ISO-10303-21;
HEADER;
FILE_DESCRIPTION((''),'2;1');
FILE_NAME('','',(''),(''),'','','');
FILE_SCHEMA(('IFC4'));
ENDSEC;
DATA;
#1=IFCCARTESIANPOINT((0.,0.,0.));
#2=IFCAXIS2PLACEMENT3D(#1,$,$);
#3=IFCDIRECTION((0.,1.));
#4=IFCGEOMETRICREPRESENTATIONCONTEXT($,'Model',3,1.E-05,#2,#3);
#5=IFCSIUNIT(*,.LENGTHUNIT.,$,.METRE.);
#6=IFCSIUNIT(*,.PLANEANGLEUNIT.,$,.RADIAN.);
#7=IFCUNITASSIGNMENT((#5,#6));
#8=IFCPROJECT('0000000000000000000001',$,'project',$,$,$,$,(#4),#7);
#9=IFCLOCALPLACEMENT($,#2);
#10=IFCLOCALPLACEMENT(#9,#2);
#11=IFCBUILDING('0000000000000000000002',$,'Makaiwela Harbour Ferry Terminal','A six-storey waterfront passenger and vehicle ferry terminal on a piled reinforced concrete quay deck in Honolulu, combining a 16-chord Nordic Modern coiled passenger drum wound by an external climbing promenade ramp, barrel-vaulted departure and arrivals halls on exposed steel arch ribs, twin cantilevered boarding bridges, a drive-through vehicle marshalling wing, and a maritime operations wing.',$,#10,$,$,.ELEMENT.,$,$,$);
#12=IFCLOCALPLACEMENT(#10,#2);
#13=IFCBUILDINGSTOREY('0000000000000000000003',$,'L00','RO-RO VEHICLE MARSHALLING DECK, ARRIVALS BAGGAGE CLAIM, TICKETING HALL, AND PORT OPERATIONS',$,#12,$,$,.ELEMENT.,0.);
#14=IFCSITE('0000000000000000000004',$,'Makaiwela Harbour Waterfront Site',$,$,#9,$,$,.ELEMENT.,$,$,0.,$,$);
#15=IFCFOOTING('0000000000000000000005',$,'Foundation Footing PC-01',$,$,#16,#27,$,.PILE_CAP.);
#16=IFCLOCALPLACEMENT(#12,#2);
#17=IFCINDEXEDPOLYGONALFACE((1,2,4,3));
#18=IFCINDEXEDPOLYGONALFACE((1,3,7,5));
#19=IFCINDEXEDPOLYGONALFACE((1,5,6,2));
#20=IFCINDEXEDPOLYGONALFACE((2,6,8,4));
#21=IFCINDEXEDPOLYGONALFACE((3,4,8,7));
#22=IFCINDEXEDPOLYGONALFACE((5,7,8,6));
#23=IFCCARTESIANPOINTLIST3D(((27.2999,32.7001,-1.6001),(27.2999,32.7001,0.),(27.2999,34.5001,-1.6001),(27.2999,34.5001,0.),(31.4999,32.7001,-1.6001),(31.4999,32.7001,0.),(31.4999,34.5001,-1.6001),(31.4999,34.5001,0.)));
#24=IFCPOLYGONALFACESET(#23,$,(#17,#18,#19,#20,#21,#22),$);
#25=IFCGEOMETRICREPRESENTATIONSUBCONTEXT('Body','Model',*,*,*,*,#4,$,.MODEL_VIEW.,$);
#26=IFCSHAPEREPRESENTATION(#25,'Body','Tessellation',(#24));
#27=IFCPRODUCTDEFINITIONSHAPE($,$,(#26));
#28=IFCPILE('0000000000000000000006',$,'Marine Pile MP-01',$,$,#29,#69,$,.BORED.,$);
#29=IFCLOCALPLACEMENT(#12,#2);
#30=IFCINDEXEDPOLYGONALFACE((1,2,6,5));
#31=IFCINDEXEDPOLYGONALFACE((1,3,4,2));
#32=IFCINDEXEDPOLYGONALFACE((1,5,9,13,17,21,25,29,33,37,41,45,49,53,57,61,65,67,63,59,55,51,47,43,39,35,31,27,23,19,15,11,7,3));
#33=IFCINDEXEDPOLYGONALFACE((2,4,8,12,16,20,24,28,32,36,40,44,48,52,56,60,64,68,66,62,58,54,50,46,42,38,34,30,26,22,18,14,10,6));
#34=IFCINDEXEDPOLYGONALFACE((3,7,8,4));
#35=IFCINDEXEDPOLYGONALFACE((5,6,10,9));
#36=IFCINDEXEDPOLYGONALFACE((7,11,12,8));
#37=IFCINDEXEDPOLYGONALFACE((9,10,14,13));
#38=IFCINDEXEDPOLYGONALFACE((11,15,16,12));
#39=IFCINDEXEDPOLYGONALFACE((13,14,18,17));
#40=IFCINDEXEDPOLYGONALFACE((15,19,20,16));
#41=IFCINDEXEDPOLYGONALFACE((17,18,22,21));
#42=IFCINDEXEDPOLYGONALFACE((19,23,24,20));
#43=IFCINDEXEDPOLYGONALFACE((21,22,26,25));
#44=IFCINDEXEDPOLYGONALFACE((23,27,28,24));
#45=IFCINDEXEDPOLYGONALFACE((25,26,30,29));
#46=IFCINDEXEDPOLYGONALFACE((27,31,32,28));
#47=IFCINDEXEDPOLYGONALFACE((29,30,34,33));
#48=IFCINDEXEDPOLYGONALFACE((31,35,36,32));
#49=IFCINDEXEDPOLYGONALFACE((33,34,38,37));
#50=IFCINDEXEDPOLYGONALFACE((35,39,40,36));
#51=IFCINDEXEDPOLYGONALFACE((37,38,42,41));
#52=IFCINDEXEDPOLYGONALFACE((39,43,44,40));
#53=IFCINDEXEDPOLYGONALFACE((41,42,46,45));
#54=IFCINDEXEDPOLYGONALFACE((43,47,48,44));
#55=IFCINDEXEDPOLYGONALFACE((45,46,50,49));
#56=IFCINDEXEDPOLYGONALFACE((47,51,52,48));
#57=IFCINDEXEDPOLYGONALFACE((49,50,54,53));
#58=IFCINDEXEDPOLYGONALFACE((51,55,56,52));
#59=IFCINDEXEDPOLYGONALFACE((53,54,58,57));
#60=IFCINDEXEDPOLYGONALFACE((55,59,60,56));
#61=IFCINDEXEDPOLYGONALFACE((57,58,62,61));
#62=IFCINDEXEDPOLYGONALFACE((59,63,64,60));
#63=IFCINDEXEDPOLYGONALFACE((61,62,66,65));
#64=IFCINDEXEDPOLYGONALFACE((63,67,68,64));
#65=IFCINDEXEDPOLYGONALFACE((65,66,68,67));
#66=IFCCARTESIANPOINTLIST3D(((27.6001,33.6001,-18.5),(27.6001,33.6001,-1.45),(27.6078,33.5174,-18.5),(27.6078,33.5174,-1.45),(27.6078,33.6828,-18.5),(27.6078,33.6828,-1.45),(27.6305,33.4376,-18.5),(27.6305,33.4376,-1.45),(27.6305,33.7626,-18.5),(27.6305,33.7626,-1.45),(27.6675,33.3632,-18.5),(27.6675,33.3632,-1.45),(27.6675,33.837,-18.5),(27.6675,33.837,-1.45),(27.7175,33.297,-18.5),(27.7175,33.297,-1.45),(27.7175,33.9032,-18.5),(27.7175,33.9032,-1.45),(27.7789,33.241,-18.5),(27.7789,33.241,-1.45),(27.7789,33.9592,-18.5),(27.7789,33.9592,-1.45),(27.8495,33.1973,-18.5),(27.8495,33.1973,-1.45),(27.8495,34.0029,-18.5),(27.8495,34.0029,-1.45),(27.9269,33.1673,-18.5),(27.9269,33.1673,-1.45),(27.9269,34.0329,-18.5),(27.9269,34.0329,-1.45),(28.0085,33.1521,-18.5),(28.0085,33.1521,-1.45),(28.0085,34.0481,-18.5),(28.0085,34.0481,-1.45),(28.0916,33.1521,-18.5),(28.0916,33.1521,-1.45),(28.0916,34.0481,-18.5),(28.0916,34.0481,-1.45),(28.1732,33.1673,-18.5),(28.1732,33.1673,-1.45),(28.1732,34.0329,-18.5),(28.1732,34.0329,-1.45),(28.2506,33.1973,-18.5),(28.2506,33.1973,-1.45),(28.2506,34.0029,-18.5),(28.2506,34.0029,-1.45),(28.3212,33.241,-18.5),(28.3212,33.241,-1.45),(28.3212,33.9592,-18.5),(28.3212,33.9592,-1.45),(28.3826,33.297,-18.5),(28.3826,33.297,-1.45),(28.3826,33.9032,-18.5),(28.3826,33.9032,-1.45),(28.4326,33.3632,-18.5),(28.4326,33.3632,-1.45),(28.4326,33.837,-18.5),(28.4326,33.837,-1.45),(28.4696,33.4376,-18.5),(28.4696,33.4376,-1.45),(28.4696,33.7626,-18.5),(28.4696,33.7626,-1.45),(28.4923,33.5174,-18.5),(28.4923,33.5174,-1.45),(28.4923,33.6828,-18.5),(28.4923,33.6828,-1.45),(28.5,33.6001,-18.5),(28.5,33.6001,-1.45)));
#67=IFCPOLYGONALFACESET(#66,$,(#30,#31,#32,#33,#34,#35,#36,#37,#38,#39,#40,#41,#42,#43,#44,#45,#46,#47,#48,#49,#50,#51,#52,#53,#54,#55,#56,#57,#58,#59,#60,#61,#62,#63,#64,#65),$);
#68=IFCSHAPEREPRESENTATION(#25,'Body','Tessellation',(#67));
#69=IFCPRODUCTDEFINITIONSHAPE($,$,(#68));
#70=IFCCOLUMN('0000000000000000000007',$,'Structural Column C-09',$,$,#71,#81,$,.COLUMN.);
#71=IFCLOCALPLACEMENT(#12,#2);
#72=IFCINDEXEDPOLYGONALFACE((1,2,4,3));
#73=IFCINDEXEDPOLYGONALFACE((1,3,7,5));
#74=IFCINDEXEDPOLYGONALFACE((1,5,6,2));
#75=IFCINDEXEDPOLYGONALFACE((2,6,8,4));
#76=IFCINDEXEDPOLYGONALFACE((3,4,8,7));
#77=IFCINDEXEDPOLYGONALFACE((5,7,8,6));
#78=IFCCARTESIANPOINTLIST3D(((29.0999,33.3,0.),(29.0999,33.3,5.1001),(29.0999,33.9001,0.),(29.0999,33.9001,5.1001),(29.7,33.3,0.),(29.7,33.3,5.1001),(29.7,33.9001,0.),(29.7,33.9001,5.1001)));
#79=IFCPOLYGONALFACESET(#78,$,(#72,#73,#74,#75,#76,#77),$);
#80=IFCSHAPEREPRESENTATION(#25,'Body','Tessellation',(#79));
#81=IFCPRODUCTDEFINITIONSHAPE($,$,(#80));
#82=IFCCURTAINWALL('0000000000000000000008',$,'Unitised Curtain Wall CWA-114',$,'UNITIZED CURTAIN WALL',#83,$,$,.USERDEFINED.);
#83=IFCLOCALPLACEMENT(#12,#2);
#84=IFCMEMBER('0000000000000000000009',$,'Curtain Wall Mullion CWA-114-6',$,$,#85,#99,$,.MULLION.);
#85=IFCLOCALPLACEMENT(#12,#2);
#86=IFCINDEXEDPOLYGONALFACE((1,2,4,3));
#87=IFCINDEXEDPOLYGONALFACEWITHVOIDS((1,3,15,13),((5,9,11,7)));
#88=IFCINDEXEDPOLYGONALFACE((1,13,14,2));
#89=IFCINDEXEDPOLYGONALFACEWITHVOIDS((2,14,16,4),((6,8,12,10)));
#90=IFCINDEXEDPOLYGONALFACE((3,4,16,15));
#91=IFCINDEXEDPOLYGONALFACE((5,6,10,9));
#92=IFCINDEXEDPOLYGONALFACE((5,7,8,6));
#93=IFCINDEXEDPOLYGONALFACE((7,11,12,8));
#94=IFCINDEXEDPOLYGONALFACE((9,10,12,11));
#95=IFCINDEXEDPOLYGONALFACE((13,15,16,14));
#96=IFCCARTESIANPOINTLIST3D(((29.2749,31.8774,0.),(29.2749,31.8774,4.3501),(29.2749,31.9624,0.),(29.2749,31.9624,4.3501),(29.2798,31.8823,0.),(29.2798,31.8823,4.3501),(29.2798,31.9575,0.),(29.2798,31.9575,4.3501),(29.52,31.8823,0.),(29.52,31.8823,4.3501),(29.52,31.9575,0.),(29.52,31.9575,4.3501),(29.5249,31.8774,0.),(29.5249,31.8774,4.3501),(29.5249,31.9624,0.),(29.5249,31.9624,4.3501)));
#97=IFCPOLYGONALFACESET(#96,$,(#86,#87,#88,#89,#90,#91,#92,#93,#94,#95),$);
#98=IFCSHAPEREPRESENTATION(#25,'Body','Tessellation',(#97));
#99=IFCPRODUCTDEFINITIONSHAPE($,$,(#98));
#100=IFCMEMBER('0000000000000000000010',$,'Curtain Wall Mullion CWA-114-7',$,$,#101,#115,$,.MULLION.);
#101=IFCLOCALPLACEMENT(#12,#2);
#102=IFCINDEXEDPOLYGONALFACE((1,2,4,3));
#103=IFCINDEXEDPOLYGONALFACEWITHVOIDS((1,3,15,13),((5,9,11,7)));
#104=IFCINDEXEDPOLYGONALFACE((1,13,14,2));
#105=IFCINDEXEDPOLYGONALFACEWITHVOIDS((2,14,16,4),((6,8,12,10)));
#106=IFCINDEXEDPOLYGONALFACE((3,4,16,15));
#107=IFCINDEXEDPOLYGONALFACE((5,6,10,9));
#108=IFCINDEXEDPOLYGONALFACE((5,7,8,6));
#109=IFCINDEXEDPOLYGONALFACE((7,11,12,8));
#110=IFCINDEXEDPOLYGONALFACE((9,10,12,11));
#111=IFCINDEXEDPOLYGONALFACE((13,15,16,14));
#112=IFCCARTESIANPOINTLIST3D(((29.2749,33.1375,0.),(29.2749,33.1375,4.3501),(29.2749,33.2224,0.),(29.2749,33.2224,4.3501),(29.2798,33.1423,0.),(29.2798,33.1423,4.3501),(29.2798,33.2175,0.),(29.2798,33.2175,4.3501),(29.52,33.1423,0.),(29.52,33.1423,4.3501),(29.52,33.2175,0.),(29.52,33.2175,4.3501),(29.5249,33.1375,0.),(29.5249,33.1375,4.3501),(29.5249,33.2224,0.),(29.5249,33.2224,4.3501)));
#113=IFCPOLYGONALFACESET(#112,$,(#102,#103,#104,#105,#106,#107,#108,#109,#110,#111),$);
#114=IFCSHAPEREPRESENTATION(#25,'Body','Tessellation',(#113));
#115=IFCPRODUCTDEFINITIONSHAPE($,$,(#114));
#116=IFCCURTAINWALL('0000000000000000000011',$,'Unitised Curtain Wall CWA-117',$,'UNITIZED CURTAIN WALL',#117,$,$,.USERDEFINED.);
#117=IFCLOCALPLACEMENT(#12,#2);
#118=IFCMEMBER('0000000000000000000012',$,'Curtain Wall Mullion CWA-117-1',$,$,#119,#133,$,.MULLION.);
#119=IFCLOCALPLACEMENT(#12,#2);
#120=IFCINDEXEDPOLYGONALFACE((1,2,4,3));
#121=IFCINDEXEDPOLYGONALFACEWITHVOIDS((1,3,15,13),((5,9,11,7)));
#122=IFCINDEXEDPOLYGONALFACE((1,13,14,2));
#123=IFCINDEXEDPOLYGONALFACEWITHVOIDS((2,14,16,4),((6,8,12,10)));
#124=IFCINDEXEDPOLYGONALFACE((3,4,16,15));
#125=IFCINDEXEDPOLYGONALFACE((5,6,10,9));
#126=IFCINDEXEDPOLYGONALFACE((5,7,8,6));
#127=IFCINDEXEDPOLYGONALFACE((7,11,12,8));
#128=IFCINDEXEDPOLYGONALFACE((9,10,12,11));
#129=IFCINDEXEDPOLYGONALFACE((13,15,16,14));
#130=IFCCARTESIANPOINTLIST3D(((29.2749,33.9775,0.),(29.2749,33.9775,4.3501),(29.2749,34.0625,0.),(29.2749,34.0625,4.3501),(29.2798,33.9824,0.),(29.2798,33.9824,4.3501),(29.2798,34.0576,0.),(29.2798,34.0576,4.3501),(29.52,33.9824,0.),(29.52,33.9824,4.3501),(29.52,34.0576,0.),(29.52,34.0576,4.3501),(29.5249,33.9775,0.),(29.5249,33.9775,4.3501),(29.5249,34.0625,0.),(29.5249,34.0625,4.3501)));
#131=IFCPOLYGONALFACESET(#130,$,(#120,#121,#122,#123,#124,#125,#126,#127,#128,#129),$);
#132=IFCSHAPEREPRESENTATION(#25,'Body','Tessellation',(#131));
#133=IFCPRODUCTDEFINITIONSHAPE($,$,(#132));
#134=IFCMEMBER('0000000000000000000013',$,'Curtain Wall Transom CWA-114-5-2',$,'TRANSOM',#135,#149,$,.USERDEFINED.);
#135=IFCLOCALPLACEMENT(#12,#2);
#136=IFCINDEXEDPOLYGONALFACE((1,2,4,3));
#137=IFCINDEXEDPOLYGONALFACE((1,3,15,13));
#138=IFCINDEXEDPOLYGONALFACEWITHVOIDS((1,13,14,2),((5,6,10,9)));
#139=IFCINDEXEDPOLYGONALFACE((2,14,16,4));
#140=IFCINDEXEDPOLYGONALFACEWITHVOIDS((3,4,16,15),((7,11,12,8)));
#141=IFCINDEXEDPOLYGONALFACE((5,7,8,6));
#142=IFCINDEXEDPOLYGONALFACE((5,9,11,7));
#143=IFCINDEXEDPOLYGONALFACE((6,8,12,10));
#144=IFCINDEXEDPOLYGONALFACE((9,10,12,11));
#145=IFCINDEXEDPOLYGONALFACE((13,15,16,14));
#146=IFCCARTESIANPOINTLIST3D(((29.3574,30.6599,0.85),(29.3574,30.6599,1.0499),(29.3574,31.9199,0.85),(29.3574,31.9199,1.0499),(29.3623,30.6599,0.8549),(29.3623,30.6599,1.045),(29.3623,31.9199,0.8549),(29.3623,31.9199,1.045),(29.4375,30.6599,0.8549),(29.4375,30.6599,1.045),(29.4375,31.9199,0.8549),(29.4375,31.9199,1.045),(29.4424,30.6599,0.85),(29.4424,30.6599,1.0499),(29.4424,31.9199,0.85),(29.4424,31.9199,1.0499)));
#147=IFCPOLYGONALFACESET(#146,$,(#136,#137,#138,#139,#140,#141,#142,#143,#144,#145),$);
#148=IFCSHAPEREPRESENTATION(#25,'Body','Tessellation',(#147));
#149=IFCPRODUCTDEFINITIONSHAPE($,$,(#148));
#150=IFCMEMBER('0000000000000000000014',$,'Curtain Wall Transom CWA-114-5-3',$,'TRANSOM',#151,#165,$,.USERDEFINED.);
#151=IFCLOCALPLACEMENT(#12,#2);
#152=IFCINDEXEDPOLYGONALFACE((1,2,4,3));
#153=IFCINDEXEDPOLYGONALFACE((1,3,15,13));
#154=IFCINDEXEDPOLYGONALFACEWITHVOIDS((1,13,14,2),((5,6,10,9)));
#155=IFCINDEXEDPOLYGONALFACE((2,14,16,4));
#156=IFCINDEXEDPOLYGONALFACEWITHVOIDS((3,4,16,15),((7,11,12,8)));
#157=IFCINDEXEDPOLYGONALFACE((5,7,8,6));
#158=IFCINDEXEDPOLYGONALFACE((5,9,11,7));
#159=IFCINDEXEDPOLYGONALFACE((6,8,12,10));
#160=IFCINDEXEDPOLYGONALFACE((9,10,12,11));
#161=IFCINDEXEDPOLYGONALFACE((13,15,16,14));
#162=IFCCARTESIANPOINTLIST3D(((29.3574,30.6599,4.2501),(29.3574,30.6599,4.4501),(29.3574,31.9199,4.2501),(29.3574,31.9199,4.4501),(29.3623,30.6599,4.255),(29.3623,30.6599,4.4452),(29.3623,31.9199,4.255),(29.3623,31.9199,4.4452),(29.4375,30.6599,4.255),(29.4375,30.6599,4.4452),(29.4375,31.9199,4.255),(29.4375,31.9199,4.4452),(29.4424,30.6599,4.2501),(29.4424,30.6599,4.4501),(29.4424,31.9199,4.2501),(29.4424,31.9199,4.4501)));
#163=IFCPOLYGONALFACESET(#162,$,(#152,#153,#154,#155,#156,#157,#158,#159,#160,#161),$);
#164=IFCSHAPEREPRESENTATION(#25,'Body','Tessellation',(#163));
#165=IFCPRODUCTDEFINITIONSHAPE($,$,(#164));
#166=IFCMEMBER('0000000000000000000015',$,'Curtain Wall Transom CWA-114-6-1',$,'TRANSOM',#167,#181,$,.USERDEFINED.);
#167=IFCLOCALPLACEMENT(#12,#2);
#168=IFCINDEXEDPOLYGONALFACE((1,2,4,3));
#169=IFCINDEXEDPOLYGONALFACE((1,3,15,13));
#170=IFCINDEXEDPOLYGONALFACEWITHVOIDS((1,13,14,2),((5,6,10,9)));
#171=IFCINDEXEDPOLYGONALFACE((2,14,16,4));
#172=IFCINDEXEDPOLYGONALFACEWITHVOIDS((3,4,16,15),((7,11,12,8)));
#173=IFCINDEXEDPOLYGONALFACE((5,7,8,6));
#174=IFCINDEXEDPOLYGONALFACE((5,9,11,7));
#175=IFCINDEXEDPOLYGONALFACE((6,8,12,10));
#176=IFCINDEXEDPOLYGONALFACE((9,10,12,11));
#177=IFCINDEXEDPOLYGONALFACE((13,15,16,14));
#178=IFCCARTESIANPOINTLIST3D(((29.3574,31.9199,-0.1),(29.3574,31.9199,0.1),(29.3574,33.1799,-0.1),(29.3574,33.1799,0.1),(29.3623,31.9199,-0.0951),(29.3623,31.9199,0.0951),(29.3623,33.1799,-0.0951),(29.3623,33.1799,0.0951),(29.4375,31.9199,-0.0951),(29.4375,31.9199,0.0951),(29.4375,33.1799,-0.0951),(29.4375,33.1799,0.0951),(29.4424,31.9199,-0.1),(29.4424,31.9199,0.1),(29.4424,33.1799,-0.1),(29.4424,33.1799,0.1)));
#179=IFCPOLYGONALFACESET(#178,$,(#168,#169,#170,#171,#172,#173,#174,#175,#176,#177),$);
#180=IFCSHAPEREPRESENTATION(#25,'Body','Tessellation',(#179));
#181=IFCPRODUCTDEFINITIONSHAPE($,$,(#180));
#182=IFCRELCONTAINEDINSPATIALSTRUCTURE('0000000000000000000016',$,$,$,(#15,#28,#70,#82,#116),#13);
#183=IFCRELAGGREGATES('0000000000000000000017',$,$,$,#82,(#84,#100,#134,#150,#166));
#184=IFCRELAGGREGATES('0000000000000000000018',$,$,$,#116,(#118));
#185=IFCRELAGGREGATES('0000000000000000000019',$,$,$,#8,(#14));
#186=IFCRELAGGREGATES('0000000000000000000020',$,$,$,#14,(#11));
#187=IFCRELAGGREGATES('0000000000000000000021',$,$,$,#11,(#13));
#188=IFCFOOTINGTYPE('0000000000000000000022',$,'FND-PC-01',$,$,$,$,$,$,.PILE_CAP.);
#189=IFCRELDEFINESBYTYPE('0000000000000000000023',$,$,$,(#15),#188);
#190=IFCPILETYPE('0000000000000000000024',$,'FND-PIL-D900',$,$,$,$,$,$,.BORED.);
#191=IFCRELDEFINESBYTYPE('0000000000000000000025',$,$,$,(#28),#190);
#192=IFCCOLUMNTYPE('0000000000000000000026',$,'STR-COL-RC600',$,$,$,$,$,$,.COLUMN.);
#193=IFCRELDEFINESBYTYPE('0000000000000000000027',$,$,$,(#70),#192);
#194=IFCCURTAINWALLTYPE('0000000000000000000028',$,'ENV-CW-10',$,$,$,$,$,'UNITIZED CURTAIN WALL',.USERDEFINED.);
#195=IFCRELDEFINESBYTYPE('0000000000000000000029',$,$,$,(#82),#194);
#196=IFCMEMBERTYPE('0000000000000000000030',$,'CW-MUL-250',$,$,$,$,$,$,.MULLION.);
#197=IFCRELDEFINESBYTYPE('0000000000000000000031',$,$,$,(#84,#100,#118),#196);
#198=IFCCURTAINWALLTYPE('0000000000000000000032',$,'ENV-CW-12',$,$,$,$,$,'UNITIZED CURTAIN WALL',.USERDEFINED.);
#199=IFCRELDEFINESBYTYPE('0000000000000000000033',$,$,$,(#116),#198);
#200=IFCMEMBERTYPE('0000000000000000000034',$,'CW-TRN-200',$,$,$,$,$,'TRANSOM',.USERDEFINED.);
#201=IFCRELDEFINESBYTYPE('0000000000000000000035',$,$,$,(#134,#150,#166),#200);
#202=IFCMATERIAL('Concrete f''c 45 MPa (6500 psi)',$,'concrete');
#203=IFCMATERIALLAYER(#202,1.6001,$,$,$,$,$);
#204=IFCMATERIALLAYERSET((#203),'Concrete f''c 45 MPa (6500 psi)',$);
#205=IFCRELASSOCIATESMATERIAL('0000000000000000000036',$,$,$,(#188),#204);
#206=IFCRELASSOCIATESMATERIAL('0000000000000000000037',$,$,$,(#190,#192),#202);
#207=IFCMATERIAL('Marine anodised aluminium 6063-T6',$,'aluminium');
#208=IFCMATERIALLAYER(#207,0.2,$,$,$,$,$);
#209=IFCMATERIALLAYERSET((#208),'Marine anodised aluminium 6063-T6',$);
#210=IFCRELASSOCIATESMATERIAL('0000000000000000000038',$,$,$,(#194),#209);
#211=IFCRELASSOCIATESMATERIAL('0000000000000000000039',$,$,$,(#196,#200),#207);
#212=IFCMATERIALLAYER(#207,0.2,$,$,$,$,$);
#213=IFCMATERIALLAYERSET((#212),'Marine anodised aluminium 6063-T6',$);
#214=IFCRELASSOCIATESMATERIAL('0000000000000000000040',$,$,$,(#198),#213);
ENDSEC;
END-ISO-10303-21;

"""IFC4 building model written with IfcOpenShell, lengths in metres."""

from ifc_helpers import new_model, si_unit, direction, frame, origin, origin_2d, place, context, subcontext, project, spatial, rectangle, hollow_rectangle, circle, extrude, material, layer, layer_set, material_profile, profile_set, type_object, element, aggregate, save


model = new_model("IFC4")

# Units and contexts
model_context = context("Model", 3, precision=1e-05, world=origin(), true_north=direction((0.0, 1.0)))
body_context = subcontext(model_context, "Body", "Model", "MODEL_VIEW")
ifc_project = project(units=[si_unit("LENGTHUNIT", "METRE"), si_unit("PLANEANGLEUNIT", "RADIAN")], contexts=[model_context])

# Site, building, storey
site_placement = place(None, origin())
site = spatial("IfcSite", under=ifc_project, at=site_placement, Name="Makaiwela Harbour Waterfront Site", CompositionType="ELEMENT", RefElevation=0.0)
building_placement = place(site_placement, origin())
building = spatial("IfcBuilding", under=site, at=building_placement, Name="Makaiwela Harbour Ferry Terminal", Description="A six-storey waterfront passenger and vehicle ferry terminal on a piled reinforced concrete quay deck in Honolulu, combining a 16-chord Nordic Modern coiled passenger drum wound by an external climbing promenade ramp, barrel-vaulted departure and arrivals halls on exposed steel arch ribs, twin cantilevered boarding bridges, a drive-through vehicle marshalling wing, and a maritime operations wing.", CompositionType="ELEMENT")
storey_placement = place(building_placement, origin())
storey = spatial("IfcBuildingStorey", under=building, at=storey_placement, Name="L00", Description="RO-RO VEHICLE MARSHALLING DECK, ARRIVALS BAGGAGE CLAIM, TICKETING HALL, AND PORT OPERATIONS", CompositionType="ELEMENT", Elevation=0.0)

# Footing
ifc_material_1 = material(Name="Concrete f'c 45 MPa (6500 psi)", Category="concrete")
ifc_layer_1 = layer(ifc_material_1, 1.6001)
ifc_layer_set_1 = layer_set([ifc_layer_1], Name="Concrete f'c 45 MPa (6500 psi)")
footing_type = type_object("IfcFootingType", Name="FND-PC-01", PredefinedType="PILE_CAP", material=ifc_layer_set_1)
footing_placement = place(storey_placement, frame((29.3999, 33.6001, -1.6001), z_axis=(0.0, 0.0, 1.0), x_axis=(1.0, 0.0, 0.0)))
element("IfcFooting", 1, at=footing_placement, inside=storey, type_object=footing_type, Name="Foundation Footing PC-01", PredefinedType="PILE_CAP", context=body_context, shape_type="SweptSolid", body=[
    extrude(rectangle(XDim=4.2, YDim=1.8, at=origin_2d()), origin(), (0.0, 0.0, 1.0), 1.6001),
])

# Pile
ifc_material_profile_1 = material_profile(ifc_material_1, circle(Radius=0.45, at=origin_2d()), Name="PILE-D900")
ifc_profile_set_1 = profile_set([ifc_material_profile_1], Name="Concrete f'c 45 MPa (6500 psi)")
pile_type = type_object("IfcPileType", Name="FND-PIL-D900", PredefinedType="BORED", material=ifc_profile_set_1)
pile_placement = place(storey_placement, frame((28.05, 33.6001, -1.45), z_axis=(0.0, 0.0, -1.0), x_axis=(1.0, 0.0, 0.0)))
element("IfcPile", 2, at=pile_placement, inside=storey, type_object=pile_type, Name="Marine Pile MP-01", PredefinedType="BORED", context=body_context, shape_type="SweptSolid", body=[
    extrude(circle(Radius=0.45, at=origin_2d()), origin(), (0.0, 0.0, 1.0), 17.05),
])

# Column
ifc_material_profile_2 = material_profile(ifc_material_1, rectangle(XDim=0.6001, YDim=0.6001, at=origin_2d()), Name="RC-600X600")
ifc_profile_set_2 = profile_set([ifc_material_profile_2], Name="Concrete f'c 45 MPa (6500 psi)")
column_type = type_object("IfcColumnType", Name="STR-COL-RC600", PredefinedType="COLUMN", material=ifc_profile_set_2)
column_placement = place(storey_placement, frame((29.3999, 33.6001, 0.0), z_axis=(0.0, 0.0, 1.0), x_axis=(1.0, 0.0, 0.0)))
element("IfcColumn", 3, at=column_placement, inside=storey, type_object=column_type, Name="Structural Column C-09", PredefinedType="COLUMN", context=body_context, shape_type="SweptSolid", body=[
    extrude(rectangle(XDim=0.6001, YDim=0.6001, at=origin_2d()), origin(), (0.0, 0.0, 1.0), 5.1001),
])

# Curtain wall, members
ifc_material_2 = material(Name="Marine anodised aluminium 6063-T6", Category="aluminium")
ifc_layer_2 = layer(ifc_material_2, 0.2)
ifc_layer_set_2 = layer_set([ifc_layer_2], Name="Marine anodised aluminium 6063-T6")
curtain_wall_type_1 = type_object("IfcCurtainWallType", Name="ENV-CW-10", ElementType="UNITIZED CURTAIN WALL", PredefinedType="USERDEFINED", material=ifc_layer_set_2)
curtain_wall_1_placement = place(storey_placement, origin())
curtain_wall_1 = element("IfcCurtainWall", 4, at=curtain_wall_1_placement, inside=storey, type_object=curtain_wall_type_1, Name="Unitised Curtain Wall CWA-114", ObjectType="UNITIZED CURTAIN WALL", PredefinedType="USERDEFINED")
ifc_material_profile_3 = material_profile(ifc_material_2, hollow_rectangle(XDim=0.085, YDim=0.25, WallThickness=0.0049, at=origin_2d()), Name="CWM-250X85")
ifc_profile_set_3 = profile_set([ifc_material_profile_3], Name="Marine anodised aluminium 6063-T6")
member_type_1 = type_object("IfcMemberType", Name="CW-MUL-250", PredefinedType="MULLION", material=ifc_profile_set_3)
member_1_placement = place(storey_placement, frame((29.3999, 31.9199, 0.0), z_axis=(0.0, 0.0, 1.0), x_axis=(0.0, 1.0, 0.0)))
member_1 = element("IfcMember", 5, at=member_1_placement, type_object=member_type_1, Name="Curtain Wall Mullion CWA-114-6", PredefinedType="MULLION", context=body_context, shape_type="SweptSolid", body=[
    extrude(hollow_rectangle(XDim=0.085, YDim=0.25, WallThickness=0.0049, at=origin_2d()), origin(), (0.0, 0.0, 1.0), 4.3501),
])
member_2_placement = place(storey_placement, frame((29.3999, 33.1799, 0.0), z_axis=(0.0, 0.0, 1.0), x_axis=(0.0, 1.0, 0.0)))
member_2 = element("IfcMember", 6, at=member_2_placement, type_object=member_type_1, Name="Curtain Wall Mullion CWA-114-7", PredefinedType="MULLION", context=body_context, shape_type="SweptSolid", body=[
    extrude(hollow_rectangle(XDim=0.085, YDim=0.25, WallThickness=0.0049, at=origin_2d()), origin(), (0.0, 0.0, 1.0), 4.3501),
])

# Curtain wall, member
ifc_layer_3 = layer(ifc_material_2, 0.2)
ifc_layer_set_3 = layer_set([ifc_layer_3], Name="Marine anodised aluminium 6063-T6")
curtain_wall_type_2 = type_object("IfcCurtainWallType", Name="ENV-CW-12", ElementType="UNITIZED CURTAIN WALL", PredefinedType="USERDEFINED", material=ifc_layer_set_3)
curtain_wall_2_placement = place(storey_placement, origin())
curtain_wall_2 = element("IfcCurtainWall", 7, at=curtain_wall_2_placement, inside=storey, type_object=curtain_wall_type_2, Name="Unitised Curtain Wall CWA-117", ObjectType="UNITIZED CURTAIN WALL", PredefinedType="USERDEFINED")
member_3_placement = place(storey_placement, frame((29.3999, 34.02, 0.0), z_axis=(0.0, 0.0, 1.0), x_axis=(0.0, 1.0, 0.0)))
member_3 = element("IfcMember", 8, at=member_3_placement, type_object=member_type_1, Name="Curtain Wall Mullion CWA-117-1", PredefinedType="MULLION", context=body_context, shape_type="SweptSolid", body=[
    extrude(hollow_rectangle(XDim=0.085, YDim=0.25, WallThickness=0.0049, at=origin_2d()), origin(), (0.0, 0.0, 1.0), 4.3501),
])

# Members
ifc_material_profile_4 = material_profile(ifc_material_2, hollow_rectangle(XDim=0.085, YDim=0.2, WallThickness=0.0049, at=origin_2d()), Name="CWT-200X85")
ifc_profile_set_4 = profile_set([ifc_material_profile_4], Name="Marine anodised aluminium 6063-T6")
member_type_2 = type_object("IfcMemberType", Name="CW-TRN-200", ElementType="TRANSOM", PredefinedType="USERDEFINED", material=ifc_profile_set_4)
member_4_placement = place(storey_placement, frame((29.3999, 30.6599, 0.95), z_axis=(0.0, 1.0, 0.0), x_axis=(-1.0, 0.0, 0.0)))
member_4 = element("IfcMember", 9, at=member_4_placement, type_object=member_type_2, Name="Curtain Wall Transom CWA-114-5-2", ObjectType="TRANSOM", PredefinedType="USERDEFINED", context=body_context, shape_type="SweptSolid", body=[
    extrude(hollow_rectangle(XDim=0.085, YDim=0.2, WallThickness=0.0049, at=origin_2d()), origin(), (0.0, 0.0, 1.0), 1.26),
])
member_5_placement = place(storey_placement, frame((29.3999, 30.6599, 4.3501), z_axis=(0.0, 1.0, 0.0), x_axis=(-1.0, 0.0, 0.0)))
member_5 = element("IfcMember", 10, at=member_5_placement, type_object=member_type_2, Name="Curtain Wall Transom CWA-114-5-3", ObjectType="TRANSOM", PredefinedType="USERDEFINED", context=body_context, shape_type="SweptSolid", body=[
    extrude(hollow_rectangle(XDim=0.085, YDim=0.2, WallThickness=0.0049, at=origin_2d()), origin(), (0.0, 0.0, 1.0), 1.26),
])
member_6_placement = place(storey_placement, frame((29.3999, 31.9199, 0.0), z_axis=(0.0, 1.0, 0.0), x_axis=(-1.0, 0.0, 0.0)))
member_6 = element("IfcMember", 11, at=member_6_placement, type_object=member_type_2, Name="Curtain Wall Transom CWA-114-6-1", ObjectType="TRANSOM", PredefinedType="USERDEFINED", context=body_context, shape_type="SweptSolid", body=[
    extrude(hollow_rectangle(XDim=0.085, YDim=0.2, WallThickness=0.0049, at=origin_2d()), origin(), (0.0, 0.0, 1.0), 1.26),
])

aggregate(curtain_wall_1, [member_1, member_2, member_4, member_5, member_6])
aggregate(curtain_wall_2, [member_3])

save(model, "model.ifc")
